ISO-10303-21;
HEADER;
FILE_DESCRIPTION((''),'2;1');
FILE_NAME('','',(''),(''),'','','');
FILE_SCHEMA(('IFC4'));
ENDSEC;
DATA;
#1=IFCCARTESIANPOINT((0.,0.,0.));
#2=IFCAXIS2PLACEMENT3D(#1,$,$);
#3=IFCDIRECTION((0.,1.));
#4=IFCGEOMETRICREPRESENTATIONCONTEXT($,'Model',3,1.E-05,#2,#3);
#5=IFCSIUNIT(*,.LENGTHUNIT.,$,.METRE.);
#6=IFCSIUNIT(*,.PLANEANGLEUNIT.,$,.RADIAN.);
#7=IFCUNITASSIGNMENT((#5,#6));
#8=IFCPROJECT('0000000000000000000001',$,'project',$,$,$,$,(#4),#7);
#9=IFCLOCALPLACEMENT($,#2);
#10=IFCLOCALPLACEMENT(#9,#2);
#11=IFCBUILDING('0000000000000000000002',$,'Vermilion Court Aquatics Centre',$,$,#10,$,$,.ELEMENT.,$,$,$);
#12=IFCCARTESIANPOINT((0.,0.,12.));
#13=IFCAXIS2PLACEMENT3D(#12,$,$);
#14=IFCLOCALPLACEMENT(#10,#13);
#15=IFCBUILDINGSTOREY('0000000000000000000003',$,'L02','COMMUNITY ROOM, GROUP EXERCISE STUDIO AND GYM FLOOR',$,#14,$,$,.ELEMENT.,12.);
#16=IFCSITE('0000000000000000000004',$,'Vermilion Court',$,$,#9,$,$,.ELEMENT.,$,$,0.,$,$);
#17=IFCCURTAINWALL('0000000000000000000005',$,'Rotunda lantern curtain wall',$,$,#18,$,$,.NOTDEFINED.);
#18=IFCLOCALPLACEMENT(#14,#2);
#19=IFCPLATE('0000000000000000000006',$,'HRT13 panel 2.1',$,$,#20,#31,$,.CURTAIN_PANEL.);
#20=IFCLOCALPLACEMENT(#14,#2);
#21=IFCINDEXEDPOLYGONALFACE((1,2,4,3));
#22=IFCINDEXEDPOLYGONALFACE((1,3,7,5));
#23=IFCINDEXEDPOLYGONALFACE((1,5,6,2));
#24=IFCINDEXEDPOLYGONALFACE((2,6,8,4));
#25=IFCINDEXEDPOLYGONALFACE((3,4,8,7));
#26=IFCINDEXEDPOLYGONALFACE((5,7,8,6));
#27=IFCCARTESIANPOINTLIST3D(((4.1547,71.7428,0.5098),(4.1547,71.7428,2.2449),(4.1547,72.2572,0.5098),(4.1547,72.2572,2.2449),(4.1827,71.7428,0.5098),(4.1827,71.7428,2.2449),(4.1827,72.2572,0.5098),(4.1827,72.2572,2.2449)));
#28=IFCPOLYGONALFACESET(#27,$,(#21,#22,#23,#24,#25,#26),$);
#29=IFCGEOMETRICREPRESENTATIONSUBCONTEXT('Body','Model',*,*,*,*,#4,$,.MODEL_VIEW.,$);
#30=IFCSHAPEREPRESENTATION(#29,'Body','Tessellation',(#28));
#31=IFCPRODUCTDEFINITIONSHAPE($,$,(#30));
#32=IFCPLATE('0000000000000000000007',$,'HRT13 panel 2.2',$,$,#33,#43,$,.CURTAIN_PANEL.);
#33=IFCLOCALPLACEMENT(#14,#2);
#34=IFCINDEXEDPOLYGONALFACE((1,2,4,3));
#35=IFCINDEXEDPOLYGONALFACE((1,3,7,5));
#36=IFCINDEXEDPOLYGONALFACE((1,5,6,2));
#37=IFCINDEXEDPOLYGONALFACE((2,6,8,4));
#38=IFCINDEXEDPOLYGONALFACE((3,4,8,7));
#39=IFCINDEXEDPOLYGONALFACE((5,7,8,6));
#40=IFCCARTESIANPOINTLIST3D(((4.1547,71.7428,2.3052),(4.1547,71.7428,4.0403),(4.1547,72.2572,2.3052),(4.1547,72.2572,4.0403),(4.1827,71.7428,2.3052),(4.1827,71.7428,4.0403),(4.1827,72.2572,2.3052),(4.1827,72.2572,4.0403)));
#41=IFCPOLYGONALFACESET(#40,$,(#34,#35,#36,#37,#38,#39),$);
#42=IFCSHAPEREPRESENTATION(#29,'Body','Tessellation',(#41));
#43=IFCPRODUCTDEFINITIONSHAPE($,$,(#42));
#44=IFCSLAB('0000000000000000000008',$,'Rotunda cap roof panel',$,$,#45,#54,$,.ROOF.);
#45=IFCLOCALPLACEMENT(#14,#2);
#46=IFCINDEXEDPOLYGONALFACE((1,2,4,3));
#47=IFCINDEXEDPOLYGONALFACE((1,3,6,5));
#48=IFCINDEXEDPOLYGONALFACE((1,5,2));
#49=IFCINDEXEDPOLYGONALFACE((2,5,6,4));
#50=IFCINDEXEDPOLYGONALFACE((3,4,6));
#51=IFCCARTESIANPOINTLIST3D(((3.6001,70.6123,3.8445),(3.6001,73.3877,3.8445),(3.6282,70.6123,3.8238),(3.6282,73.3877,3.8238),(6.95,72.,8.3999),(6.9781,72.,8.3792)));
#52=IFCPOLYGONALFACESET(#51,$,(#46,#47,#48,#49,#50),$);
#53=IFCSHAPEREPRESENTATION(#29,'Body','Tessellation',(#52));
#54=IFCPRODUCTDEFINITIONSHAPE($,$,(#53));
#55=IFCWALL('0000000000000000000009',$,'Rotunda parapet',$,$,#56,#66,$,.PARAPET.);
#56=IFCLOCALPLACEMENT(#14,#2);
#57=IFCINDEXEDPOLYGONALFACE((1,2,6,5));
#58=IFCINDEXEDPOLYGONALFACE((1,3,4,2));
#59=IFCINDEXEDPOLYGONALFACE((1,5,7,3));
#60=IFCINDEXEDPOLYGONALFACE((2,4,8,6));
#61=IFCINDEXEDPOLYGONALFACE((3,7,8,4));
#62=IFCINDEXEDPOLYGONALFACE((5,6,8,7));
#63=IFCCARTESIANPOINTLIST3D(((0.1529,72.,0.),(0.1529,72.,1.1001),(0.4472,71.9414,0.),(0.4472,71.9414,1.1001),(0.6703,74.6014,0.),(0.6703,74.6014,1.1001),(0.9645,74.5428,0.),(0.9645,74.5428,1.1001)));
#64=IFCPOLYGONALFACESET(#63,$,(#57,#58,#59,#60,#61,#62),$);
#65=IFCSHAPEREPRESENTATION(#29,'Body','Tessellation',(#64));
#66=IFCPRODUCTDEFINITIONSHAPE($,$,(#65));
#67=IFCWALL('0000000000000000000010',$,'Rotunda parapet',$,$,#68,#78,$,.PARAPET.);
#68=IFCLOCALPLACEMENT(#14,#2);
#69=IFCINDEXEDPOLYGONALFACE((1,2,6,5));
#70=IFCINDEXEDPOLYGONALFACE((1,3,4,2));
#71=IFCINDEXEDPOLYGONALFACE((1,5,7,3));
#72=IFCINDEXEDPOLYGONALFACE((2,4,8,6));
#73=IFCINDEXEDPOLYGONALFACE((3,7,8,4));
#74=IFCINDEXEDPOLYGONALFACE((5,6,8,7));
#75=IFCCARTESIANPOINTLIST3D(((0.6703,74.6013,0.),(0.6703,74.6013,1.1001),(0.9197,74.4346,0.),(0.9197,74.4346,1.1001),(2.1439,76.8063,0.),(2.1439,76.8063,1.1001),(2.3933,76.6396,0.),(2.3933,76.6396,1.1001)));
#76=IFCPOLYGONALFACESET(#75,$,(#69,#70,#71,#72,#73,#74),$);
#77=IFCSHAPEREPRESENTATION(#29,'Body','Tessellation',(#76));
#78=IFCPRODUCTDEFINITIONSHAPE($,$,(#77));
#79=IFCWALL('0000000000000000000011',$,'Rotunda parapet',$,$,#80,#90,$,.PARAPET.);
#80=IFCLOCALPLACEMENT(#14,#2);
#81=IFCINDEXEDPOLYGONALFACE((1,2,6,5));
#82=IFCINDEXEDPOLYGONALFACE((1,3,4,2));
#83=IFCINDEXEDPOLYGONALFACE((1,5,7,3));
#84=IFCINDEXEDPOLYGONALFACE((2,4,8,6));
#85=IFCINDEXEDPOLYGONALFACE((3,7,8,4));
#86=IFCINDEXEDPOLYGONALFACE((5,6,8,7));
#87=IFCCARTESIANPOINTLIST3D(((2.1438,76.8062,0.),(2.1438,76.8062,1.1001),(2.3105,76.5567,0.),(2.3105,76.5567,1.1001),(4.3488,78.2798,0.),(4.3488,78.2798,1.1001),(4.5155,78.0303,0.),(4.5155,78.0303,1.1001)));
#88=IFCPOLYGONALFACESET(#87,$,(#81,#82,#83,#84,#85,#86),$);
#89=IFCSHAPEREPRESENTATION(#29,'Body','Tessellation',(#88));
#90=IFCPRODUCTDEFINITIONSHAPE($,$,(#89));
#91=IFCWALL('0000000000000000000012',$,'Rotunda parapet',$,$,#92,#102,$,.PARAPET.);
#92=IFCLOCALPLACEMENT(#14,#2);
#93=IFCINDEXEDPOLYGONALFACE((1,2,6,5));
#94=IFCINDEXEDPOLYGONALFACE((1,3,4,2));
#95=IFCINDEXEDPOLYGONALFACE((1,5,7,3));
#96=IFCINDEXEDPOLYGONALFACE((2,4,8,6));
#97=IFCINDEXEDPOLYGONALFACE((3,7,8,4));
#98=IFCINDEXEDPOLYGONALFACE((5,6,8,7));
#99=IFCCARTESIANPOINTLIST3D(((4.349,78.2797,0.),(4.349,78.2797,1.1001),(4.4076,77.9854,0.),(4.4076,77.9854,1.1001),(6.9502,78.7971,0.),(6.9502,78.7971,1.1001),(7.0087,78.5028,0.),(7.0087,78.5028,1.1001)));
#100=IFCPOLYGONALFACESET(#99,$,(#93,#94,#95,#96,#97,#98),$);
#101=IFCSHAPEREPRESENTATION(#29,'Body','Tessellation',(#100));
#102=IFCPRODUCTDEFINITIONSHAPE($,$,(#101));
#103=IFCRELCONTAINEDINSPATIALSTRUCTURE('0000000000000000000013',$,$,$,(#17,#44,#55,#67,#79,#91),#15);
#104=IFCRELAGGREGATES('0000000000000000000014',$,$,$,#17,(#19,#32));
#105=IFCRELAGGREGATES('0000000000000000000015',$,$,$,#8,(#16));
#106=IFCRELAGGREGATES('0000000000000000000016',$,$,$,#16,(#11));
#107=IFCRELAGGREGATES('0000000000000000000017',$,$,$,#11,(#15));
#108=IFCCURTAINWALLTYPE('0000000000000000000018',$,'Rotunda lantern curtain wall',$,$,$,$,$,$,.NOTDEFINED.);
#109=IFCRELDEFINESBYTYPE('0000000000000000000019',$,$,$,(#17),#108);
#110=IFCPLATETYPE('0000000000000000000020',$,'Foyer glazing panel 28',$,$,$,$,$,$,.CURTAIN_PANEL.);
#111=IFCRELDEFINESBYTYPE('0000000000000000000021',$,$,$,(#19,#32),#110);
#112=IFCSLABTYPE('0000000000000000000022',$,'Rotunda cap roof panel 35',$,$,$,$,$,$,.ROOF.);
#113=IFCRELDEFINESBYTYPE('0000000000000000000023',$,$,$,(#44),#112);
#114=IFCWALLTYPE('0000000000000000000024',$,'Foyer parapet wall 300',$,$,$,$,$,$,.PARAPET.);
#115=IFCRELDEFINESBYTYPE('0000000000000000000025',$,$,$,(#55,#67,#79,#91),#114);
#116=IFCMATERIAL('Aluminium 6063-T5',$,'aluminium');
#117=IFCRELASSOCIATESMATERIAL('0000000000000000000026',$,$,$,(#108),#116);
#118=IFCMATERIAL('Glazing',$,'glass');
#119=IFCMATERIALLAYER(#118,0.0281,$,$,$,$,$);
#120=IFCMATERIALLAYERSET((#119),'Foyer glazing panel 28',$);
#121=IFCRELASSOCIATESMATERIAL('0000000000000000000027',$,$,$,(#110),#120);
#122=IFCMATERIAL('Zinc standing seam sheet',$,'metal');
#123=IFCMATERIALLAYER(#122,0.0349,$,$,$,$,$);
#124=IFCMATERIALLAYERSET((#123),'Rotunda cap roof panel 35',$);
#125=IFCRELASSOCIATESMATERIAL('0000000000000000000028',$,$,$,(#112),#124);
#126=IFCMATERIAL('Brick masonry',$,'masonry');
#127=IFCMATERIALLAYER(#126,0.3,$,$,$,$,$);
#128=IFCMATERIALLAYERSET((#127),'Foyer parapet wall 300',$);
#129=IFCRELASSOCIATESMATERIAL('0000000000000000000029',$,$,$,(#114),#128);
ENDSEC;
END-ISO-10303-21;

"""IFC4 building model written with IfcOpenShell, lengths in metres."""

from ifc_helpers import new_model, si_unit, direction, frame, frame_2d, origin, origin_2d, place, context, subcontext, project, spatial, polyline, rectangle, outline, extrude, material, layer, layer_set, type_object, element, aggregate, save


model = new_model("IFC4")

# Units and contexts
model_context = context("Model", 3, precision=1e-05, world=origin(), true_north=direction((0.0, 1.0)))
body_context = subcontext(model_context, "Body", "Model", "MODEL_VIEW")
ifc_project = project(units=[si_unit("LENGTHUNIT", "METRE"), si_unit("PLANEANGLEUNIT", "RADIAN")], contexts=[model_context])

# Site, building, storey
site_placement = place(None, origin())
site = spatial("IfcSite", under=ifc_project, at=site_placement, Name="Vermilion Court", CompositionType="ELEMENT", RefElevation=0.0)
building_placement = place(site_placement, origin())
building = spatial("IfcBuilding", under=site, at=building_placement, Name="Vermilion Court Aquatics Centre", CompositionType="ELEMENT")
storey_placement = place(building_placement, frame((0.0, 0.0, 12.0)))
storey = spatial("IfcBuildingStorey", under=building, at=storey_placement, Name="L02", Description="COMMUNITY ROOM, GROUP EXERCISE STUDIO AND GYM FLOOR", CompositionType="ELEMENT", Elevation=12.0)

# Curtain wall
ifc_material_1 = material(Name="Aluminium 6063-T5", Category="aluminium")
curtain_wall_type = type_object("IfcCurtainWallType", Name="Rotunda lantern curtain wall", PredefinedType="NOTDEFINED", material=ifc_material_1)
curtain_wall_1_placement = place(storey_placement, origin())
curtain_wall_1 = element("IfcCurtainWall", 1, at=curtain_wall_1_placement, inside=storey, type_object=curtain_wall_type, Name="Rotunda lantern curtain wall", PredefinedType="NOTDEFINED")

# Plates
ifc_material_2 = material(Name="Glazing", Category="glass")
ifc_layer_1 = layer(ifc_material_2, 0.0281)
ifc_layer_set_1 = layer_set([ifc_layer_1], Name="Foyer glazing panel 28")
plate_type = type_object("IfcPlateType", Name="Foyer glazing panel 28", PredefinedType="CURTAIN_PANEL", material=ifc_layer_set_1)
plate_1_placement = place(storey_placement, frame((4.1687, 72.0, 0.5098), z_axis=(0.0, 0.0, 1.0), x_axis=(0.0, -1.0, 0.0)))
plate_1 = element("IfcPlate", 2, at=plate_1_placement, type_object=plate_type, Name="HRT13 panel 2.1", PredefinedType="CURTAIN_PANEL", context=body_context, shape_type="SweptSolid", body=[
    extrude(rectangle(XDim=0.5144, YDim=0.0281, at=origin_2d()), origin(), (0.0, 0.0, 1.0), 1.7351),
])
plate_2_placement = place(storey_placement, frame((4.1687, 72.0, 2.3052), z_axis=(0.0, 0.0, 1.0), x_axis=(0.0, -1.0, 0.0)))
plate_2 = element("IfcPlate", 3, at=plate_2_placement, type_object=plate_type, Name="HRT13 panel 2.2", PredefinedType="CURTAIN_PANEL", context=body_context, shape_type="SweptSolid", body=[
    extrude(rectangle(XDim=0.5144, YDim=0.0281, at=origin_2d()), origin(), (0.0, 0.0, 1.0), 1.7351),
])
aggregate(curtain_wall_1, [plate_1, plate_2])

# Slab
ifc_material_3 = material(Name="Zinc standing seam sheet", Category="metal")
ifc_layer_2 = layer(ifc_material_3, 0.0349)
ifc_layer_set_2 = layer_set([ifc_layer_2], Name="Rotunda cap roof panel 35")
slab_type = type_object("IfcSlabType", Name="Rotunda cap roof panel 35", PredefinedType="ROOF", material=ifc_layer_set_2)
slab_placement = place(storey_placement, frame((3.6001, 73.3877, 3.8445), z_axis=(-0.805627, 0.0, 0.592423), x_axis=(0.0, -1.0, 0.0)))
element("IfcSlab", 4, at=slab_placement, inside=storey, type_object=slab_type, Name="Rotunda cap roof panel", PredefinedType="ROOF", context=body_context, shape_type="SweptSolid", body=[
    extrude(outline(polyline([(0.0, 0.0), (2.7754, 0.0), (1.3877, 5.6545), (0.0, 0.0)])), origin(), (0.0, 0.0, -1.0), 0.0349),
])

# Walls
ifc_material_4 = material(Name="Brick masonry", Category="masonry")
ifc_layer_3 = layer(ifc_material_4, 0.3)
ifc_layer_set_3 = layer_set([ifc_layer_3], Name="Foyer parapet wall 300")
wall_type = type_object("IfcWallType", Name="Foyer parapet wall 300", PredefinedType="PARAPET", material=ifc_layer_set_3)
wall_placement = place(storey_placement, frame((0.3, 71.9707, 0.0), z_axis=(0.0, 0.0, 1.0), x_axis=(0.195054, 0.980793, 0.0)))
element("IfcWall", 5, at=wall_placement, inside=storey, type_object=wall_type, Name="Rotunda parapet", PredefinedType="PARAPET", context=body_context, shape_type="SweptSolid", body=[
    extrude(rectangle(XDim=2.6523, YDim=0.3, at=frame_2d((1.3262, 0.0))), origin(), (0.0, 0.0, 1.0), 1.1001),
])
for number, where, z_axis, x_axis, name in (
    (6, (0.7949, 74.5178, 0.0), (0.0, 0.0, 1.0), (0.555635, 0.831427, 0.0), "Rotunda parapet"),
    (7, (2.2271, 76.6814, 0.0), (0.0, 0.0, 1.0), (0.831427, 0.555635, 0.0), "Rotunda parapet"),
    (8, (4.3782, 78.1326, 0.0), (0.0, 0.0, 1.0), (0.980789, 0.195072, 0.0), "Rotunda parapet"),
):
    element("IfcWall", number, at=place(storey_placement, frame(where, z_axis=z_axis, x_axis=x_axis)), inside=storey, type_object=wall_type, Name=name, PredefinedType="PARAPET", context=body_context, shape_type="SweptSolid", body=[
        extrude(rectangle(XDim=2.6521, YDim=0.3, at=frame_2d((1.3262, 0.0))), origin(), (0.0, 0.0, 1.0), 1.1001),
    ])

save(model, "model.ifc")
